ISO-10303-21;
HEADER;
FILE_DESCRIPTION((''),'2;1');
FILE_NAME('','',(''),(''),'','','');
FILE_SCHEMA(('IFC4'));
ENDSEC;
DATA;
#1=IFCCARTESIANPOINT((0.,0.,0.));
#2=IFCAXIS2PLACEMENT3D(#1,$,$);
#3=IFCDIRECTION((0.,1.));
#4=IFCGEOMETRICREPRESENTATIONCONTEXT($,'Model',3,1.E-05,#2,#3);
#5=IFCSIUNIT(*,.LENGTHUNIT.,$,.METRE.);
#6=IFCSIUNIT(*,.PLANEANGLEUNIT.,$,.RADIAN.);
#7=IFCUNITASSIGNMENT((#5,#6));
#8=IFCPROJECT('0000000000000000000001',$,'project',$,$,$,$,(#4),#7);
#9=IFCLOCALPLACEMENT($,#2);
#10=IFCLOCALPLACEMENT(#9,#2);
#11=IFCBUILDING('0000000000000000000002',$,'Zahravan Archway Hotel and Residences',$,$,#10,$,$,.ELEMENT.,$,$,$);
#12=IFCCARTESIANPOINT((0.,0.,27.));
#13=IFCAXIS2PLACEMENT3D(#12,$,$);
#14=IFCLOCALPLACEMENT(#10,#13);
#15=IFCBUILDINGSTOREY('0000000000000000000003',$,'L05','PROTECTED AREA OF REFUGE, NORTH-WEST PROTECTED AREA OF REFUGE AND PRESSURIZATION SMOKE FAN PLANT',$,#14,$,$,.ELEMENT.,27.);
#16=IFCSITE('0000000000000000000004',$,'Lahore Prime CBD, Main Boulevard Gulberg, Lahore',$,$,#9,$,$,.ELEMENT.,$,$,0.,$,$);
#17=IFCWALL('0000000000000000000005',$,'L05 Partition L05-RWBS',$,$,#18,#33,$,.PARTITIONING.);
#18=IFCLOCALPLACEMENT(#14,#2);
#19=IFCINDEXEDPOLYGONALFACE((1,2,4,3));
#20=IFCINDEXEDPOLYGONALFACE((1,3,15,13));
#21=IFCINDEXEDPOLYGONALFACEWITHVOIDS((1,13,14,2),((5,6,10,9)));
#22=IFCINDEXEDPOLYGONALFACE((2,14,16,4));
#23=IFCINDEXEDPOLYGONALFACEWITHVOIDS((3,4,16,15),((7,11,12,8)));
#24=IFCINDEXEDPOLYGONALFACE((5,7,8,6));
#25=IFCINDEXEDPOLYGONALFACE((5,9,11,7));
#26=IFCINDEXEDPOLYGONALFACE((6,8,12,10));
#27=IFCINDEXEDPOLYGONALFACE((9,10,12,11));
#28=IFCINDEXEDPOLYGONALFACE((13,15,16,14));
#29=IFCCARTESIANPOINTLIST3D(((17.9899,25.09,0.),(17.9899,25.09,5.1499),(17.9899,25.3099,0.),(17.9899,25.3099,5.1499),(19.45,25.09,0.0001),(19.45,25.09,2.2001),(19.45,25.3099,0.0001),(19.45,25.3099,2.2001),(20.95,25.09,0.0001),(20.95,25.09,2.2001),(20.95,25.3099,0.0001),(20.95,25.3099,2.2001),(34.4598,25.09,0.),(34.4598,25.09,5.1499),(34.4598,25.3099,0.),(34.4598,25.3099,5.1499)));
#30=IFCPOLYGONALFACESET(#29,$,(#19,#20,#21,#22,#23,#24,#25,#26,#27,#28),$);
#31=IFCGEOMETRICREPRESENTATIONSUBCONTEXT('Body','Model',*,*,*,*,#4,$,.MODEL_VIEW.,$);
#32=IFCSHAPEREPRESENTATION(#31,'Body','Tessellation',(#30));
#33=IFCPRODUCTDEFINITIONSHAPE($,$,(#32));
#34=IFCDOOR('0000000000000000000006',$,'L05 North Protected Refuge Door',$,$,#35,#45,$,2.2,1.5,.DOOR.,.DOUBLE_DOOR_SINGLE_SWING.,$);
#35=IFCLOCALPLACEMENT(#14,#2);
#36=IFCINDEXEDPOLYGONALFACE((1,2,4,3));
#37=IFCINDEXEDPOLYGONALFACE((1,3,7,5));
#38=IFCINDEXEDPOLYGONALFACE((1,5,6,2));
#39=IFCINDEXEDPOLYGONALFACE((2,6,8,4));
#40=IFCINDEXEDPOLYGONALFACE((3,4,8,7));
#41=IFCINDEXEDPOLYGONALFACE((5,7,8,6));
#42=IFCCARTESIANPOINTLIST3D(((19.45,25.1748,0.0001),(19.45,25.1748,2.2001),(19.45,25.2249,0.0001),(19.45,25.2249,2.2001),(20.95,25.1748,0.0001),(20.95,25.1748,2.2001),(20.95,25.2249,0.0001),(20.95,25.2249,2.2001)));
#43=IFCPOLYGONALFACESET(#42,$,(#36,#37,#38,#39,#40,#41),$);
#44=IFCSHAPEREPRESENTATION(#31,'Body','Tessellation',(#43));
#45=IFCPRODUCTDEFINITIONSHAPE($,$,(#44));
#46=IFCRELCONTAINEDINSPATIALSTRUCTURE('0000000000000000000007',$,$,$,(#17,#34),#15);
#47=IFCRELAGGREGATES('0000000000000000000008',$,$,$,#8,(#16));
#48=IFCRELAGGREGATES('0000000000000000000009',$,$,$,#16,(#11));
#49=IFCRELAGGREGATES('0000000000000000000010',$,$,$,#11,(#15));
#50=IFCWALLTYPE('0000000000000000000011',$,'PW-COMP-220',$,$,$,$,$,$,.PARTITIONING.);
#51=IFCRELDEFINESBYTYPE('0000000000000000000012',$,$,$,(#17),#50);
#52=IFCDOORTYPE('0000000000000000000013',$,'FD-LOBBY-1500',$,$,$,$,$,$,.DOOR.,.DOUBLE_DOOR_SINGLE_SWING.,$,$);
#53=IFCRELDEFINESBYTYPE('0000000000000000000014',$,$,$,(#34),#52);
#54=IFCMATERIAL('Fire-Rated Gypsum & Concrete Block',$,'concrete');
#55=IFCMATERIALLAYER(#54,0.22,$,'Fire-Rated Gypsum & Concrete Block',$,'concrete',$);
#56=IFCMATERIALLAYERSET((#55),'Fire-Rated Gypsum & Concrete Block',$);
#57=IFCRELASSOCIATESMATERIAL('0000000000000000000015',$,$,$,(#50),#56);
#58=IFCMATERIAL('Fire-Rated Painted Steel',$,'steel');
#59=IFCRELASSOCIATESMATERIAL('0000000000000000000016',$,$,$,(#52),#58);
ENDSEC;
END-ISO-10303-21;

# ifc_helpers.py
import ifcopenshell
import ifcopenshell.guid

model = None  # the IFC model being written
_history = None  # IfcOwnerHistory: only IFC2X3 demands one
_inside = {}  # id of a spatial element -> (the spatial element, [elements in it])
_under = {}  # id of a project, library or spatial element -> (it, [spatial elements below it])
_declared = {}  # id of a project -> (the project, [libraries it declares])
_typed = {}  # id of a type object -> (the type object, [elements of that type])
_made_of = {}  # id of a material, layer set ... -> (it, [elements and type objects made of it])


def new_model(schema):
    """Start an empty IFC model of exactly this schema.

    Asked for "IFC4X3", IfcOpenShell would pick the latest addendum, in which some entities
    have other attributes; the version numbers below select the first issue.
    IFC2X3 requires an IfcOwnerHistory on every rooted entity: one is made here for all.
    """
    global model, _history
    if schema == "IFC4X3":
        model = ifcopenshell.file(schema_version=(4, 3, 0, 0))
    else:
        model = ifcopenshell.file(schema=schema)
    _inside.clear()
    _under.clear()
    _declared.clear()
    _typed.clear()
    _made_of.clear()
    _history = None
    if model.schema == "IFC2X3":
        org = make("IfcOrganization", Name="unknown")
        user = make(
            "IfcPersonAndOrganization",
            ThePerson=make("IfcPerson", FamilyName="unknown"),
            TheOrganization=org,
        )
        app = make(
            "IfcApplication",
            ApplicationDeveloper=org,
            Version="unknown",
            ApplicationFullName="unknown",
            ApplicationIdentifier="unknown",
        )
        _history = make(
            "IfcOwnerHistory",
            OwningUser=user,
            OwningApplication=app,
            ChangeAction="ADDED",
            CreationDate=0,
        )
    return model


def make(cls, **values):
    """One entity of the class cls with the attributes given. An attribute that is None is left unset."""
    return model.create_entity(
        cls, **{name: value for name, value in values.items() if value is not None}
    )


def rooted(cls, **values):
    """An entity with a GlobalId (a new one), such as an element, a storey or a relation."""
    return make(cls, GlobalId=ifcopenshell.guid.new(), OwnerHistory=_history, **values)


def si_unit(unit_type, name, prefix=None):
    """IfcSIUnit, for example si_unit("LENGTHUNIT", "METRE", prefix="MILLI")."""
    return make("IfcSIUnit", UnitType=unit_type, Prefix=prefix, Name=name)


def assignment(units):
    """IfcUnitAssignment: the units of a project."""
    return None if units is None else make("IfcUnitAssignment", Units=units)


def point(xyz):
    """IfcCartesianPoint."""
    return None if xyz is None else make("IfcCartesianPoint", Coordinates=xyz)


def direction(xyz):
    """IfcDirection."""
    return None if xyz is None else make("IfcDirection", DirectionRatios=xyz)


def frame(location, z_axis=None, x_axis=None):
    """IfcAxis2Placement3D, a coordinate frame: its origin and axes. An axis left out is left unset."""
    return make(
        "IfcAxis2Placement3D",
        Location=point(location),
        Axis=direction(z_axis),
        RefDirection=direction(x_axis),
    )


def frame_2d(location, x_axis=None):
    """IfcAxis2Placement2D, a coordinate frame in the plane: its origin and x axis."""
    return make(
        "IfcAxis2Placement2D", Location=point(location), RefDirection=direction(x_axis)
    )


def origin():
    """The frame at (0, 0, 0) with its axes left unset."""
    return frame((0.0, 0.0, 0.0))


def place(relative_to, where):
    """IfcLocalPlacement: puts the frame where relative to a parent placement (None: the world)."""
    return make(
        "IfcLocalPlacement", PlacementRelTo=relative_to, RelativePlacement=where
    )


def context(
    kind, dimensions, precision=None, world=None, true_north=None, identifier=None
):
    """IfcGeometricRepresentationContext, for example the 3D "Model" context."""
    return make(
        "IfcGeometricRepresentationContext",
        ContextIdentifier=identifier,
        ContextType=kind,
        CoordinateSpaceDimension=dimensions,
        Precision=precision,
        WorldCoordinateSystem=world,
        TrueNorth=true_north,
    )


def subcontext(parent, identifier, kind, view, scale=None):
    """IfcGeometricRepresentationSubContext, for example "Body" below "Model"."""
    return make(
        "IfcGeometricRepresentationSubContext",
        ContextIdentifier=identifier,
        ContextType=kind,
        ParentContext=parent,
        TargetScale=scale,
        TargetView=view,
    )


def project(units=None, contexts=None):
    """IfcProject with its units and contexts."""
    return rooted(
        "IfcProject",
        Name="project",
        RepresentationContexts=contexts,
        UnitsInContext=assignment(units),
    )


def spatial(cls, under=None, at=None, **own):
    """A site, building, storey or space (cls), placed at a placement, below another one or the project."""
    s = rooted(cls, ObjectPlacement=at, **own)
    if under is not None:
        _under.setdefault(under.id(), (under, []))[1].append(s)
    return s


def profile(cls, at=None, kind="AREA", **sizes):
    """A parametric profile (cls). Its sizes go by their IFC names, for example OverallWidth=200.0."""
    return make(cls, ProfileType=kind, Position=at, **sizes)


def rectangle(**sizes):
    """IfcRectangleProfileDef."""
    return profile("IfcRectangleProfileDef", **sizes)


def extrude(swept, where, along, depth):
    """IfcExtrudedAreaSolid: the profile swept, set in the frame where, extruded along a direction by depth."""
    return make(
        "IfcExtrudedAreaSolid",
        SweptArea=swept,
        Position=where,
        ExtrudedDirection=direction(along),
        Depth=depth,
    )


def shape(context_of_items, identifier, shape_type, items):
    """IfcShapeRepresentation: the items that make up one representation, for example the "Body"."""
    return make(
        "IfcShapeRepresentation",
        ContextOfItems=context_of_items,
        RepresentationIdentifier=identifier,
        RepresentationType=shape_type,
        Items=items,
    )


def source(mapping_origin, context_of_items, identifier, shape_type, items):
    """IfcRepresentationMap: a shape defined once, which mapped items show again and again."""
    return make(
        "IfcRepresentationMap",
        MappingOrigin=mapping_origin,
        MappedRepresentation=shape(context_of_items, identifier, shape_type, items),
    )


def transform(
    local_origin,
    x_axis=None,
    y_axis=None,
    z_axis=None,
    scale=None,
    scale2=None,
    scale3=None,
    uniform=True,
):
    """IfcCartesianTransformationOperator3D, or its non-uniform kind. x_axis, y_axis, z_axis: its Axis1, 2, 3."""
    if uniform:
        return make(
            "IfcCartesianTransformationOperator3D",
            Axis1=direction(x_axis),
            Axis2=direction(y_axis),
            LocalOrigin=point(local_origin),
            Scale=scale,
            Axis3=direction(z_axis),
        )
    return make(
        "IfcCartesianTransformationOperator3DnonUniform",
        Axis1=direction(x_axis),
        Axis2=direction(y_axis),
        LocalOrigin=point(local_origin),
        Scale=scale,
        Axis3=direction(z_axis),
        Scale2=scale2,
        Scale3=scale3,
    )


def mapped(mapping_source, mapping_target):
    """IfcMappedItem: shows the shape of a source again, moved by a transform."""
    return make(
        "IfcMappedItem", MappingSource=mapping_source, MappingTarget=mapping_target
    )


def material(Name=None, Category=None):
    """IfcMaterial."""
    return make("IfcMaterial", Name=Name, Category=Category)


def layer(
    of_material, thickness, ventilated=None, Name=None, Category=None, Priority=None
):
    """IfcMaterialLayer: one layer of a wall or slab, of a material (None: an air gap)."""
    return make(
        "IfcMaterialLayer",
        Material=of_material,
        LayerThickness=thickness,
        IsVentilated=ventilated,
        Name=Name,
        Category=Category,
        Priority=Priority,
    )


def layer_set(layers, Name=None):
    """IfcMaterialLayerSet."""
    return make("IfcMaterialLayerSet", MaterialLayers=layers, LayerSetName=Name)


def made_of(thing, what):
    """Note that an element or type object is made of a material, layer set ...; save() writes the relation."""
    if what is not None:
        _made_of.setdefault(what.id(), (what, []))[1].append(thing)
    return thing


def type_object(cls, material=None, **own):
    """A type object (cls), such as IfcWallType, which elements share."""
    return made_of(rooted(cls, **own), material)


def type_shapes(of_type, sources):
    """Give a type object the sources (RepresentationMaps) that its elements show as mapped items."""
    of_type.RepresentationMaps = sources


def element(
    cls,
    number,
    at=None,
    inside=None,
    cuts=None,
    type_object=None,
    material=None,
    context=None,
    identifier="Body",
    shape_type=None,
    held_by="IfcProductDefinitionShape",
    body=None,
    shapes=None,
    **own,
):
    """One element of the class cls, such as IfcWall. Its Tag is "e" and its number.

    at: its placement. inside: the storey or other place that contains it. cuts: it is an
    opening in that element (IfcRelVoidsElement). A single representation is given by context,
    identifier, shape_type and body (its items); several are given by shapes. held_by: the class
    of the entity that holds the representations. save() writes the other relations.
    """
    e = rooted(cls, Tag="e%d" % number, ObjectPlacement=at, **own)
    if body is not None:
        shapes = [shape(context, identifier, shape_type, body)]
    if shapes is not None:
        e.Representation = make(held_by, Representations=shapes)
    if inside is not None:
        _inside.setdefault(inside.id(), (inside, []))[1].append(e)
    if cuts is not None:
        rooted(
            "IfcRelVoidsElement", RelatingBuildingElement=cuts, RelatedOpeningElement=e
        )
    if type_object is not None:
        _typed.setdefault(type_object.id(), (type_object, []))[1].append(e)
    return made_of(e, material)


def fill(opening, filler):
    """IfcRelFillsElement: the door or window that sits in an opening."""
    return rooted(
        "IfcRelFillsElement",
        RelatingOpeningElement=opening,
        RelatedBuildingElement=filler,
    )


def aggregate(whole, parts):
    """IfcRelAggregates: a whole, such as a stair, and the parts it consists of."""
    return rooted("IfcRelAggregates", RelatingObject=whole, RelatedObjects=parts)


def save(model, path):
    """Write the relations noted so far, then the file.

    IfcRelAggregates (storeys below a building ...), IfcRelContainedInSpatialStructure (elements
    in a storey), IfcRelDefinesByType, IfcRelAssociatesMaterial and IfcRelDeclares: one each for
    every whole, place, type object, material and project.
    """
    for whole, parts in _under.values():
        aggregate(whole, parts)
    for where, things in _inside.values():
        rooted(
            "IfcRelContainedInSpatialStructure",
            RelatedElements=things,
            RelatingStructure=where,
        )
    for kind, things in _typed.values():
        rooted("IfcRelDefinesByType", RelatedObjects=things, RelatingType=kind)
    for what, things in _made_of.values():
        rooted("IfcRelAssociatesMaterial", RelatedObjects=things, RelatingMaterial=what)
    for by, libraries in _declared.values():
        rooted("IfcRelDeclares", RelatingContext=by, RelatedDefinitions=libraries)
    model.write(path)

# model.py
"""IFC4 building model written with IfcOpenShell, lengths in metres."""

from ifc_helpers import new_model, si_unit, direction, frame, frame_2d, origin, place, context, subcontext, project, spatial, rectangle, extrude, source, transform, mapped, material, layer, layer_set, type_object, type_shapes, element, fill, save


model = new_model("IFC4")

# Units and contexts
model_context = context("Model", 3, precision=1e-05, world=origin(), true_north=direction((0.0, 1.0)))
body_context = subcontext(model_context, "Body", "Model", "MODEL_VIEW")
ifc_project = project(units=[si_unit("LENGTHUNIT", "METRE"), si_unit("PLANEANGLEUNIT", "RADIAN")], contexts=[model_context])

# Site, building, storey
site_placement = place(None, origin())
site = spatial("IfcSite", under=ifc_project, at=site_placement, Name="Lahore Prime CBD, Main Boulevard Gulberg, Lahore", CompositionType="ELEMENT", RefElevation=0.0)
building_placement = place(site_placement, origin())
building = spatial("IfcBuilding", under=site, at=building_placement, Name="Zahravan Archway Hotel and Residences", CompositionType="ELEMENT")
storey_placement = place(building_placement, frame((0.0, 0.0, 27.0)))
storey = spatial("IfcBuildingStorey", under=building, at=storey_placement, Name="L05", Description="PROTECTED AREA OF REFUGE, NORTH-WEST PROTECTED AREA OF REFUGE AND PRESSURIZATION SMOKE FAN PLANT", CompositionType="ELEMENT", Elevation=27.0)

# Shared definitions
ifc_material_1 = material(Name="Fire-Rated Gypsum & Concrete Block", Category="concrete")
ifc_layer_1 = layer(ifc_material_1, 0.22, Name="Fire-Rated Gypsum & Concrete Block", Category="concrete")
ifc_layer_set_1 = layer_set([ifc_layer_1], Name="Fire-Rated Gypsum & Concrete Block")
wall_type = type_object("IfcWallType", Name="PW-COMP-220", PredefinedType="PARTITIONING", material=ifc_layer_set_1)

# Shared definitions
ifc_material_2 = material(Name="Fire-Rated Painted Steel", Category="steel")
door_type_1 = type_object("IfcDoorType", Name="FD-LOBBY-1500", OperationType="DOUBLE_DOOR_SINGLE_SWING", PredefinedType="DOOR", material=ifc_material_2)
shared_shape_1 = source(origin(), body_context, "Body", "SweptSolid", [
    extrude(rectangle(XDim=1.5, YDim=2.2, at=frame_2d((0.75, 1.1001))), frame((0.0, 0.0249, 0.0), z_axis=(0.0, -1.0, 0.0), x_axis=(1.0, 0.0, 0.0)), (0.0, 0.0, 1.0), 0.05),
])
type_shapes(door_type_1, [shared_shape_1])

# Wall, opening, door
wall_1_placement = place(storey_placement, frame((17.99, 25.2, 0.0), z_axis=(0.0, 0.0, 1.0), x_axis=(1.0, 0.0, 0.0)))
wall_1 = element("IfcWall", 1, at=wall_1_placement, inside=storey, type_object=wall_type, Name="L05 Partition L05-RWBS", PredefinedType="PARTITIONING", context=body_context, shape_type="SweptSolid", body=[
    extrude(rectangle(XDim=16.47, YDim=0.22, at=frame_2d((8.2349, 0.0))), origin(), (0.0, 0.0, 1.0), 5.1499),
])
opening_1_placement = place(wall_1_placement, frame((1.46, 0.0, 0.0)))
opening_1 = element("IfcOpeningElement", 2, at=opening_1_placement, cuts=wall_1, PredefinedType="OPENING", context=body_context, shape_type="SweptSolid", body=[
    extrude(rectangle(XDim=1.5, YDim=2.2, at=frame_2d((0.75, 1.1001))), frame((0.0, 0.1201, 0.0), z_axis=(0.0, -1.0, 0.0), x_axis=(1.0, 0.0, 0.0)), (0.0, 0.0, 1.0), 0.24),
])
door_1_placement = place(opening_1_placement, origin())
door_1 = element("IfcDoor", 3, at=door_1_placement, inside=storey, type_object=door_type_1, Name="L05 North Protected Refuge Door", OperationType="DOUBLE_DOOR_SINGLE_SWING", OverallHeight=2.2, OverallWidth=1.5, PredefinedType="DOOR", context=body_context, shape_type="MappedRepresentation", body=[
    mapped(shared_shape_1, transform((0.0, 0.0, 0.0), scale=1.0)),
])
fill(opening_1, door_1)

save(model, "model.ifc")
